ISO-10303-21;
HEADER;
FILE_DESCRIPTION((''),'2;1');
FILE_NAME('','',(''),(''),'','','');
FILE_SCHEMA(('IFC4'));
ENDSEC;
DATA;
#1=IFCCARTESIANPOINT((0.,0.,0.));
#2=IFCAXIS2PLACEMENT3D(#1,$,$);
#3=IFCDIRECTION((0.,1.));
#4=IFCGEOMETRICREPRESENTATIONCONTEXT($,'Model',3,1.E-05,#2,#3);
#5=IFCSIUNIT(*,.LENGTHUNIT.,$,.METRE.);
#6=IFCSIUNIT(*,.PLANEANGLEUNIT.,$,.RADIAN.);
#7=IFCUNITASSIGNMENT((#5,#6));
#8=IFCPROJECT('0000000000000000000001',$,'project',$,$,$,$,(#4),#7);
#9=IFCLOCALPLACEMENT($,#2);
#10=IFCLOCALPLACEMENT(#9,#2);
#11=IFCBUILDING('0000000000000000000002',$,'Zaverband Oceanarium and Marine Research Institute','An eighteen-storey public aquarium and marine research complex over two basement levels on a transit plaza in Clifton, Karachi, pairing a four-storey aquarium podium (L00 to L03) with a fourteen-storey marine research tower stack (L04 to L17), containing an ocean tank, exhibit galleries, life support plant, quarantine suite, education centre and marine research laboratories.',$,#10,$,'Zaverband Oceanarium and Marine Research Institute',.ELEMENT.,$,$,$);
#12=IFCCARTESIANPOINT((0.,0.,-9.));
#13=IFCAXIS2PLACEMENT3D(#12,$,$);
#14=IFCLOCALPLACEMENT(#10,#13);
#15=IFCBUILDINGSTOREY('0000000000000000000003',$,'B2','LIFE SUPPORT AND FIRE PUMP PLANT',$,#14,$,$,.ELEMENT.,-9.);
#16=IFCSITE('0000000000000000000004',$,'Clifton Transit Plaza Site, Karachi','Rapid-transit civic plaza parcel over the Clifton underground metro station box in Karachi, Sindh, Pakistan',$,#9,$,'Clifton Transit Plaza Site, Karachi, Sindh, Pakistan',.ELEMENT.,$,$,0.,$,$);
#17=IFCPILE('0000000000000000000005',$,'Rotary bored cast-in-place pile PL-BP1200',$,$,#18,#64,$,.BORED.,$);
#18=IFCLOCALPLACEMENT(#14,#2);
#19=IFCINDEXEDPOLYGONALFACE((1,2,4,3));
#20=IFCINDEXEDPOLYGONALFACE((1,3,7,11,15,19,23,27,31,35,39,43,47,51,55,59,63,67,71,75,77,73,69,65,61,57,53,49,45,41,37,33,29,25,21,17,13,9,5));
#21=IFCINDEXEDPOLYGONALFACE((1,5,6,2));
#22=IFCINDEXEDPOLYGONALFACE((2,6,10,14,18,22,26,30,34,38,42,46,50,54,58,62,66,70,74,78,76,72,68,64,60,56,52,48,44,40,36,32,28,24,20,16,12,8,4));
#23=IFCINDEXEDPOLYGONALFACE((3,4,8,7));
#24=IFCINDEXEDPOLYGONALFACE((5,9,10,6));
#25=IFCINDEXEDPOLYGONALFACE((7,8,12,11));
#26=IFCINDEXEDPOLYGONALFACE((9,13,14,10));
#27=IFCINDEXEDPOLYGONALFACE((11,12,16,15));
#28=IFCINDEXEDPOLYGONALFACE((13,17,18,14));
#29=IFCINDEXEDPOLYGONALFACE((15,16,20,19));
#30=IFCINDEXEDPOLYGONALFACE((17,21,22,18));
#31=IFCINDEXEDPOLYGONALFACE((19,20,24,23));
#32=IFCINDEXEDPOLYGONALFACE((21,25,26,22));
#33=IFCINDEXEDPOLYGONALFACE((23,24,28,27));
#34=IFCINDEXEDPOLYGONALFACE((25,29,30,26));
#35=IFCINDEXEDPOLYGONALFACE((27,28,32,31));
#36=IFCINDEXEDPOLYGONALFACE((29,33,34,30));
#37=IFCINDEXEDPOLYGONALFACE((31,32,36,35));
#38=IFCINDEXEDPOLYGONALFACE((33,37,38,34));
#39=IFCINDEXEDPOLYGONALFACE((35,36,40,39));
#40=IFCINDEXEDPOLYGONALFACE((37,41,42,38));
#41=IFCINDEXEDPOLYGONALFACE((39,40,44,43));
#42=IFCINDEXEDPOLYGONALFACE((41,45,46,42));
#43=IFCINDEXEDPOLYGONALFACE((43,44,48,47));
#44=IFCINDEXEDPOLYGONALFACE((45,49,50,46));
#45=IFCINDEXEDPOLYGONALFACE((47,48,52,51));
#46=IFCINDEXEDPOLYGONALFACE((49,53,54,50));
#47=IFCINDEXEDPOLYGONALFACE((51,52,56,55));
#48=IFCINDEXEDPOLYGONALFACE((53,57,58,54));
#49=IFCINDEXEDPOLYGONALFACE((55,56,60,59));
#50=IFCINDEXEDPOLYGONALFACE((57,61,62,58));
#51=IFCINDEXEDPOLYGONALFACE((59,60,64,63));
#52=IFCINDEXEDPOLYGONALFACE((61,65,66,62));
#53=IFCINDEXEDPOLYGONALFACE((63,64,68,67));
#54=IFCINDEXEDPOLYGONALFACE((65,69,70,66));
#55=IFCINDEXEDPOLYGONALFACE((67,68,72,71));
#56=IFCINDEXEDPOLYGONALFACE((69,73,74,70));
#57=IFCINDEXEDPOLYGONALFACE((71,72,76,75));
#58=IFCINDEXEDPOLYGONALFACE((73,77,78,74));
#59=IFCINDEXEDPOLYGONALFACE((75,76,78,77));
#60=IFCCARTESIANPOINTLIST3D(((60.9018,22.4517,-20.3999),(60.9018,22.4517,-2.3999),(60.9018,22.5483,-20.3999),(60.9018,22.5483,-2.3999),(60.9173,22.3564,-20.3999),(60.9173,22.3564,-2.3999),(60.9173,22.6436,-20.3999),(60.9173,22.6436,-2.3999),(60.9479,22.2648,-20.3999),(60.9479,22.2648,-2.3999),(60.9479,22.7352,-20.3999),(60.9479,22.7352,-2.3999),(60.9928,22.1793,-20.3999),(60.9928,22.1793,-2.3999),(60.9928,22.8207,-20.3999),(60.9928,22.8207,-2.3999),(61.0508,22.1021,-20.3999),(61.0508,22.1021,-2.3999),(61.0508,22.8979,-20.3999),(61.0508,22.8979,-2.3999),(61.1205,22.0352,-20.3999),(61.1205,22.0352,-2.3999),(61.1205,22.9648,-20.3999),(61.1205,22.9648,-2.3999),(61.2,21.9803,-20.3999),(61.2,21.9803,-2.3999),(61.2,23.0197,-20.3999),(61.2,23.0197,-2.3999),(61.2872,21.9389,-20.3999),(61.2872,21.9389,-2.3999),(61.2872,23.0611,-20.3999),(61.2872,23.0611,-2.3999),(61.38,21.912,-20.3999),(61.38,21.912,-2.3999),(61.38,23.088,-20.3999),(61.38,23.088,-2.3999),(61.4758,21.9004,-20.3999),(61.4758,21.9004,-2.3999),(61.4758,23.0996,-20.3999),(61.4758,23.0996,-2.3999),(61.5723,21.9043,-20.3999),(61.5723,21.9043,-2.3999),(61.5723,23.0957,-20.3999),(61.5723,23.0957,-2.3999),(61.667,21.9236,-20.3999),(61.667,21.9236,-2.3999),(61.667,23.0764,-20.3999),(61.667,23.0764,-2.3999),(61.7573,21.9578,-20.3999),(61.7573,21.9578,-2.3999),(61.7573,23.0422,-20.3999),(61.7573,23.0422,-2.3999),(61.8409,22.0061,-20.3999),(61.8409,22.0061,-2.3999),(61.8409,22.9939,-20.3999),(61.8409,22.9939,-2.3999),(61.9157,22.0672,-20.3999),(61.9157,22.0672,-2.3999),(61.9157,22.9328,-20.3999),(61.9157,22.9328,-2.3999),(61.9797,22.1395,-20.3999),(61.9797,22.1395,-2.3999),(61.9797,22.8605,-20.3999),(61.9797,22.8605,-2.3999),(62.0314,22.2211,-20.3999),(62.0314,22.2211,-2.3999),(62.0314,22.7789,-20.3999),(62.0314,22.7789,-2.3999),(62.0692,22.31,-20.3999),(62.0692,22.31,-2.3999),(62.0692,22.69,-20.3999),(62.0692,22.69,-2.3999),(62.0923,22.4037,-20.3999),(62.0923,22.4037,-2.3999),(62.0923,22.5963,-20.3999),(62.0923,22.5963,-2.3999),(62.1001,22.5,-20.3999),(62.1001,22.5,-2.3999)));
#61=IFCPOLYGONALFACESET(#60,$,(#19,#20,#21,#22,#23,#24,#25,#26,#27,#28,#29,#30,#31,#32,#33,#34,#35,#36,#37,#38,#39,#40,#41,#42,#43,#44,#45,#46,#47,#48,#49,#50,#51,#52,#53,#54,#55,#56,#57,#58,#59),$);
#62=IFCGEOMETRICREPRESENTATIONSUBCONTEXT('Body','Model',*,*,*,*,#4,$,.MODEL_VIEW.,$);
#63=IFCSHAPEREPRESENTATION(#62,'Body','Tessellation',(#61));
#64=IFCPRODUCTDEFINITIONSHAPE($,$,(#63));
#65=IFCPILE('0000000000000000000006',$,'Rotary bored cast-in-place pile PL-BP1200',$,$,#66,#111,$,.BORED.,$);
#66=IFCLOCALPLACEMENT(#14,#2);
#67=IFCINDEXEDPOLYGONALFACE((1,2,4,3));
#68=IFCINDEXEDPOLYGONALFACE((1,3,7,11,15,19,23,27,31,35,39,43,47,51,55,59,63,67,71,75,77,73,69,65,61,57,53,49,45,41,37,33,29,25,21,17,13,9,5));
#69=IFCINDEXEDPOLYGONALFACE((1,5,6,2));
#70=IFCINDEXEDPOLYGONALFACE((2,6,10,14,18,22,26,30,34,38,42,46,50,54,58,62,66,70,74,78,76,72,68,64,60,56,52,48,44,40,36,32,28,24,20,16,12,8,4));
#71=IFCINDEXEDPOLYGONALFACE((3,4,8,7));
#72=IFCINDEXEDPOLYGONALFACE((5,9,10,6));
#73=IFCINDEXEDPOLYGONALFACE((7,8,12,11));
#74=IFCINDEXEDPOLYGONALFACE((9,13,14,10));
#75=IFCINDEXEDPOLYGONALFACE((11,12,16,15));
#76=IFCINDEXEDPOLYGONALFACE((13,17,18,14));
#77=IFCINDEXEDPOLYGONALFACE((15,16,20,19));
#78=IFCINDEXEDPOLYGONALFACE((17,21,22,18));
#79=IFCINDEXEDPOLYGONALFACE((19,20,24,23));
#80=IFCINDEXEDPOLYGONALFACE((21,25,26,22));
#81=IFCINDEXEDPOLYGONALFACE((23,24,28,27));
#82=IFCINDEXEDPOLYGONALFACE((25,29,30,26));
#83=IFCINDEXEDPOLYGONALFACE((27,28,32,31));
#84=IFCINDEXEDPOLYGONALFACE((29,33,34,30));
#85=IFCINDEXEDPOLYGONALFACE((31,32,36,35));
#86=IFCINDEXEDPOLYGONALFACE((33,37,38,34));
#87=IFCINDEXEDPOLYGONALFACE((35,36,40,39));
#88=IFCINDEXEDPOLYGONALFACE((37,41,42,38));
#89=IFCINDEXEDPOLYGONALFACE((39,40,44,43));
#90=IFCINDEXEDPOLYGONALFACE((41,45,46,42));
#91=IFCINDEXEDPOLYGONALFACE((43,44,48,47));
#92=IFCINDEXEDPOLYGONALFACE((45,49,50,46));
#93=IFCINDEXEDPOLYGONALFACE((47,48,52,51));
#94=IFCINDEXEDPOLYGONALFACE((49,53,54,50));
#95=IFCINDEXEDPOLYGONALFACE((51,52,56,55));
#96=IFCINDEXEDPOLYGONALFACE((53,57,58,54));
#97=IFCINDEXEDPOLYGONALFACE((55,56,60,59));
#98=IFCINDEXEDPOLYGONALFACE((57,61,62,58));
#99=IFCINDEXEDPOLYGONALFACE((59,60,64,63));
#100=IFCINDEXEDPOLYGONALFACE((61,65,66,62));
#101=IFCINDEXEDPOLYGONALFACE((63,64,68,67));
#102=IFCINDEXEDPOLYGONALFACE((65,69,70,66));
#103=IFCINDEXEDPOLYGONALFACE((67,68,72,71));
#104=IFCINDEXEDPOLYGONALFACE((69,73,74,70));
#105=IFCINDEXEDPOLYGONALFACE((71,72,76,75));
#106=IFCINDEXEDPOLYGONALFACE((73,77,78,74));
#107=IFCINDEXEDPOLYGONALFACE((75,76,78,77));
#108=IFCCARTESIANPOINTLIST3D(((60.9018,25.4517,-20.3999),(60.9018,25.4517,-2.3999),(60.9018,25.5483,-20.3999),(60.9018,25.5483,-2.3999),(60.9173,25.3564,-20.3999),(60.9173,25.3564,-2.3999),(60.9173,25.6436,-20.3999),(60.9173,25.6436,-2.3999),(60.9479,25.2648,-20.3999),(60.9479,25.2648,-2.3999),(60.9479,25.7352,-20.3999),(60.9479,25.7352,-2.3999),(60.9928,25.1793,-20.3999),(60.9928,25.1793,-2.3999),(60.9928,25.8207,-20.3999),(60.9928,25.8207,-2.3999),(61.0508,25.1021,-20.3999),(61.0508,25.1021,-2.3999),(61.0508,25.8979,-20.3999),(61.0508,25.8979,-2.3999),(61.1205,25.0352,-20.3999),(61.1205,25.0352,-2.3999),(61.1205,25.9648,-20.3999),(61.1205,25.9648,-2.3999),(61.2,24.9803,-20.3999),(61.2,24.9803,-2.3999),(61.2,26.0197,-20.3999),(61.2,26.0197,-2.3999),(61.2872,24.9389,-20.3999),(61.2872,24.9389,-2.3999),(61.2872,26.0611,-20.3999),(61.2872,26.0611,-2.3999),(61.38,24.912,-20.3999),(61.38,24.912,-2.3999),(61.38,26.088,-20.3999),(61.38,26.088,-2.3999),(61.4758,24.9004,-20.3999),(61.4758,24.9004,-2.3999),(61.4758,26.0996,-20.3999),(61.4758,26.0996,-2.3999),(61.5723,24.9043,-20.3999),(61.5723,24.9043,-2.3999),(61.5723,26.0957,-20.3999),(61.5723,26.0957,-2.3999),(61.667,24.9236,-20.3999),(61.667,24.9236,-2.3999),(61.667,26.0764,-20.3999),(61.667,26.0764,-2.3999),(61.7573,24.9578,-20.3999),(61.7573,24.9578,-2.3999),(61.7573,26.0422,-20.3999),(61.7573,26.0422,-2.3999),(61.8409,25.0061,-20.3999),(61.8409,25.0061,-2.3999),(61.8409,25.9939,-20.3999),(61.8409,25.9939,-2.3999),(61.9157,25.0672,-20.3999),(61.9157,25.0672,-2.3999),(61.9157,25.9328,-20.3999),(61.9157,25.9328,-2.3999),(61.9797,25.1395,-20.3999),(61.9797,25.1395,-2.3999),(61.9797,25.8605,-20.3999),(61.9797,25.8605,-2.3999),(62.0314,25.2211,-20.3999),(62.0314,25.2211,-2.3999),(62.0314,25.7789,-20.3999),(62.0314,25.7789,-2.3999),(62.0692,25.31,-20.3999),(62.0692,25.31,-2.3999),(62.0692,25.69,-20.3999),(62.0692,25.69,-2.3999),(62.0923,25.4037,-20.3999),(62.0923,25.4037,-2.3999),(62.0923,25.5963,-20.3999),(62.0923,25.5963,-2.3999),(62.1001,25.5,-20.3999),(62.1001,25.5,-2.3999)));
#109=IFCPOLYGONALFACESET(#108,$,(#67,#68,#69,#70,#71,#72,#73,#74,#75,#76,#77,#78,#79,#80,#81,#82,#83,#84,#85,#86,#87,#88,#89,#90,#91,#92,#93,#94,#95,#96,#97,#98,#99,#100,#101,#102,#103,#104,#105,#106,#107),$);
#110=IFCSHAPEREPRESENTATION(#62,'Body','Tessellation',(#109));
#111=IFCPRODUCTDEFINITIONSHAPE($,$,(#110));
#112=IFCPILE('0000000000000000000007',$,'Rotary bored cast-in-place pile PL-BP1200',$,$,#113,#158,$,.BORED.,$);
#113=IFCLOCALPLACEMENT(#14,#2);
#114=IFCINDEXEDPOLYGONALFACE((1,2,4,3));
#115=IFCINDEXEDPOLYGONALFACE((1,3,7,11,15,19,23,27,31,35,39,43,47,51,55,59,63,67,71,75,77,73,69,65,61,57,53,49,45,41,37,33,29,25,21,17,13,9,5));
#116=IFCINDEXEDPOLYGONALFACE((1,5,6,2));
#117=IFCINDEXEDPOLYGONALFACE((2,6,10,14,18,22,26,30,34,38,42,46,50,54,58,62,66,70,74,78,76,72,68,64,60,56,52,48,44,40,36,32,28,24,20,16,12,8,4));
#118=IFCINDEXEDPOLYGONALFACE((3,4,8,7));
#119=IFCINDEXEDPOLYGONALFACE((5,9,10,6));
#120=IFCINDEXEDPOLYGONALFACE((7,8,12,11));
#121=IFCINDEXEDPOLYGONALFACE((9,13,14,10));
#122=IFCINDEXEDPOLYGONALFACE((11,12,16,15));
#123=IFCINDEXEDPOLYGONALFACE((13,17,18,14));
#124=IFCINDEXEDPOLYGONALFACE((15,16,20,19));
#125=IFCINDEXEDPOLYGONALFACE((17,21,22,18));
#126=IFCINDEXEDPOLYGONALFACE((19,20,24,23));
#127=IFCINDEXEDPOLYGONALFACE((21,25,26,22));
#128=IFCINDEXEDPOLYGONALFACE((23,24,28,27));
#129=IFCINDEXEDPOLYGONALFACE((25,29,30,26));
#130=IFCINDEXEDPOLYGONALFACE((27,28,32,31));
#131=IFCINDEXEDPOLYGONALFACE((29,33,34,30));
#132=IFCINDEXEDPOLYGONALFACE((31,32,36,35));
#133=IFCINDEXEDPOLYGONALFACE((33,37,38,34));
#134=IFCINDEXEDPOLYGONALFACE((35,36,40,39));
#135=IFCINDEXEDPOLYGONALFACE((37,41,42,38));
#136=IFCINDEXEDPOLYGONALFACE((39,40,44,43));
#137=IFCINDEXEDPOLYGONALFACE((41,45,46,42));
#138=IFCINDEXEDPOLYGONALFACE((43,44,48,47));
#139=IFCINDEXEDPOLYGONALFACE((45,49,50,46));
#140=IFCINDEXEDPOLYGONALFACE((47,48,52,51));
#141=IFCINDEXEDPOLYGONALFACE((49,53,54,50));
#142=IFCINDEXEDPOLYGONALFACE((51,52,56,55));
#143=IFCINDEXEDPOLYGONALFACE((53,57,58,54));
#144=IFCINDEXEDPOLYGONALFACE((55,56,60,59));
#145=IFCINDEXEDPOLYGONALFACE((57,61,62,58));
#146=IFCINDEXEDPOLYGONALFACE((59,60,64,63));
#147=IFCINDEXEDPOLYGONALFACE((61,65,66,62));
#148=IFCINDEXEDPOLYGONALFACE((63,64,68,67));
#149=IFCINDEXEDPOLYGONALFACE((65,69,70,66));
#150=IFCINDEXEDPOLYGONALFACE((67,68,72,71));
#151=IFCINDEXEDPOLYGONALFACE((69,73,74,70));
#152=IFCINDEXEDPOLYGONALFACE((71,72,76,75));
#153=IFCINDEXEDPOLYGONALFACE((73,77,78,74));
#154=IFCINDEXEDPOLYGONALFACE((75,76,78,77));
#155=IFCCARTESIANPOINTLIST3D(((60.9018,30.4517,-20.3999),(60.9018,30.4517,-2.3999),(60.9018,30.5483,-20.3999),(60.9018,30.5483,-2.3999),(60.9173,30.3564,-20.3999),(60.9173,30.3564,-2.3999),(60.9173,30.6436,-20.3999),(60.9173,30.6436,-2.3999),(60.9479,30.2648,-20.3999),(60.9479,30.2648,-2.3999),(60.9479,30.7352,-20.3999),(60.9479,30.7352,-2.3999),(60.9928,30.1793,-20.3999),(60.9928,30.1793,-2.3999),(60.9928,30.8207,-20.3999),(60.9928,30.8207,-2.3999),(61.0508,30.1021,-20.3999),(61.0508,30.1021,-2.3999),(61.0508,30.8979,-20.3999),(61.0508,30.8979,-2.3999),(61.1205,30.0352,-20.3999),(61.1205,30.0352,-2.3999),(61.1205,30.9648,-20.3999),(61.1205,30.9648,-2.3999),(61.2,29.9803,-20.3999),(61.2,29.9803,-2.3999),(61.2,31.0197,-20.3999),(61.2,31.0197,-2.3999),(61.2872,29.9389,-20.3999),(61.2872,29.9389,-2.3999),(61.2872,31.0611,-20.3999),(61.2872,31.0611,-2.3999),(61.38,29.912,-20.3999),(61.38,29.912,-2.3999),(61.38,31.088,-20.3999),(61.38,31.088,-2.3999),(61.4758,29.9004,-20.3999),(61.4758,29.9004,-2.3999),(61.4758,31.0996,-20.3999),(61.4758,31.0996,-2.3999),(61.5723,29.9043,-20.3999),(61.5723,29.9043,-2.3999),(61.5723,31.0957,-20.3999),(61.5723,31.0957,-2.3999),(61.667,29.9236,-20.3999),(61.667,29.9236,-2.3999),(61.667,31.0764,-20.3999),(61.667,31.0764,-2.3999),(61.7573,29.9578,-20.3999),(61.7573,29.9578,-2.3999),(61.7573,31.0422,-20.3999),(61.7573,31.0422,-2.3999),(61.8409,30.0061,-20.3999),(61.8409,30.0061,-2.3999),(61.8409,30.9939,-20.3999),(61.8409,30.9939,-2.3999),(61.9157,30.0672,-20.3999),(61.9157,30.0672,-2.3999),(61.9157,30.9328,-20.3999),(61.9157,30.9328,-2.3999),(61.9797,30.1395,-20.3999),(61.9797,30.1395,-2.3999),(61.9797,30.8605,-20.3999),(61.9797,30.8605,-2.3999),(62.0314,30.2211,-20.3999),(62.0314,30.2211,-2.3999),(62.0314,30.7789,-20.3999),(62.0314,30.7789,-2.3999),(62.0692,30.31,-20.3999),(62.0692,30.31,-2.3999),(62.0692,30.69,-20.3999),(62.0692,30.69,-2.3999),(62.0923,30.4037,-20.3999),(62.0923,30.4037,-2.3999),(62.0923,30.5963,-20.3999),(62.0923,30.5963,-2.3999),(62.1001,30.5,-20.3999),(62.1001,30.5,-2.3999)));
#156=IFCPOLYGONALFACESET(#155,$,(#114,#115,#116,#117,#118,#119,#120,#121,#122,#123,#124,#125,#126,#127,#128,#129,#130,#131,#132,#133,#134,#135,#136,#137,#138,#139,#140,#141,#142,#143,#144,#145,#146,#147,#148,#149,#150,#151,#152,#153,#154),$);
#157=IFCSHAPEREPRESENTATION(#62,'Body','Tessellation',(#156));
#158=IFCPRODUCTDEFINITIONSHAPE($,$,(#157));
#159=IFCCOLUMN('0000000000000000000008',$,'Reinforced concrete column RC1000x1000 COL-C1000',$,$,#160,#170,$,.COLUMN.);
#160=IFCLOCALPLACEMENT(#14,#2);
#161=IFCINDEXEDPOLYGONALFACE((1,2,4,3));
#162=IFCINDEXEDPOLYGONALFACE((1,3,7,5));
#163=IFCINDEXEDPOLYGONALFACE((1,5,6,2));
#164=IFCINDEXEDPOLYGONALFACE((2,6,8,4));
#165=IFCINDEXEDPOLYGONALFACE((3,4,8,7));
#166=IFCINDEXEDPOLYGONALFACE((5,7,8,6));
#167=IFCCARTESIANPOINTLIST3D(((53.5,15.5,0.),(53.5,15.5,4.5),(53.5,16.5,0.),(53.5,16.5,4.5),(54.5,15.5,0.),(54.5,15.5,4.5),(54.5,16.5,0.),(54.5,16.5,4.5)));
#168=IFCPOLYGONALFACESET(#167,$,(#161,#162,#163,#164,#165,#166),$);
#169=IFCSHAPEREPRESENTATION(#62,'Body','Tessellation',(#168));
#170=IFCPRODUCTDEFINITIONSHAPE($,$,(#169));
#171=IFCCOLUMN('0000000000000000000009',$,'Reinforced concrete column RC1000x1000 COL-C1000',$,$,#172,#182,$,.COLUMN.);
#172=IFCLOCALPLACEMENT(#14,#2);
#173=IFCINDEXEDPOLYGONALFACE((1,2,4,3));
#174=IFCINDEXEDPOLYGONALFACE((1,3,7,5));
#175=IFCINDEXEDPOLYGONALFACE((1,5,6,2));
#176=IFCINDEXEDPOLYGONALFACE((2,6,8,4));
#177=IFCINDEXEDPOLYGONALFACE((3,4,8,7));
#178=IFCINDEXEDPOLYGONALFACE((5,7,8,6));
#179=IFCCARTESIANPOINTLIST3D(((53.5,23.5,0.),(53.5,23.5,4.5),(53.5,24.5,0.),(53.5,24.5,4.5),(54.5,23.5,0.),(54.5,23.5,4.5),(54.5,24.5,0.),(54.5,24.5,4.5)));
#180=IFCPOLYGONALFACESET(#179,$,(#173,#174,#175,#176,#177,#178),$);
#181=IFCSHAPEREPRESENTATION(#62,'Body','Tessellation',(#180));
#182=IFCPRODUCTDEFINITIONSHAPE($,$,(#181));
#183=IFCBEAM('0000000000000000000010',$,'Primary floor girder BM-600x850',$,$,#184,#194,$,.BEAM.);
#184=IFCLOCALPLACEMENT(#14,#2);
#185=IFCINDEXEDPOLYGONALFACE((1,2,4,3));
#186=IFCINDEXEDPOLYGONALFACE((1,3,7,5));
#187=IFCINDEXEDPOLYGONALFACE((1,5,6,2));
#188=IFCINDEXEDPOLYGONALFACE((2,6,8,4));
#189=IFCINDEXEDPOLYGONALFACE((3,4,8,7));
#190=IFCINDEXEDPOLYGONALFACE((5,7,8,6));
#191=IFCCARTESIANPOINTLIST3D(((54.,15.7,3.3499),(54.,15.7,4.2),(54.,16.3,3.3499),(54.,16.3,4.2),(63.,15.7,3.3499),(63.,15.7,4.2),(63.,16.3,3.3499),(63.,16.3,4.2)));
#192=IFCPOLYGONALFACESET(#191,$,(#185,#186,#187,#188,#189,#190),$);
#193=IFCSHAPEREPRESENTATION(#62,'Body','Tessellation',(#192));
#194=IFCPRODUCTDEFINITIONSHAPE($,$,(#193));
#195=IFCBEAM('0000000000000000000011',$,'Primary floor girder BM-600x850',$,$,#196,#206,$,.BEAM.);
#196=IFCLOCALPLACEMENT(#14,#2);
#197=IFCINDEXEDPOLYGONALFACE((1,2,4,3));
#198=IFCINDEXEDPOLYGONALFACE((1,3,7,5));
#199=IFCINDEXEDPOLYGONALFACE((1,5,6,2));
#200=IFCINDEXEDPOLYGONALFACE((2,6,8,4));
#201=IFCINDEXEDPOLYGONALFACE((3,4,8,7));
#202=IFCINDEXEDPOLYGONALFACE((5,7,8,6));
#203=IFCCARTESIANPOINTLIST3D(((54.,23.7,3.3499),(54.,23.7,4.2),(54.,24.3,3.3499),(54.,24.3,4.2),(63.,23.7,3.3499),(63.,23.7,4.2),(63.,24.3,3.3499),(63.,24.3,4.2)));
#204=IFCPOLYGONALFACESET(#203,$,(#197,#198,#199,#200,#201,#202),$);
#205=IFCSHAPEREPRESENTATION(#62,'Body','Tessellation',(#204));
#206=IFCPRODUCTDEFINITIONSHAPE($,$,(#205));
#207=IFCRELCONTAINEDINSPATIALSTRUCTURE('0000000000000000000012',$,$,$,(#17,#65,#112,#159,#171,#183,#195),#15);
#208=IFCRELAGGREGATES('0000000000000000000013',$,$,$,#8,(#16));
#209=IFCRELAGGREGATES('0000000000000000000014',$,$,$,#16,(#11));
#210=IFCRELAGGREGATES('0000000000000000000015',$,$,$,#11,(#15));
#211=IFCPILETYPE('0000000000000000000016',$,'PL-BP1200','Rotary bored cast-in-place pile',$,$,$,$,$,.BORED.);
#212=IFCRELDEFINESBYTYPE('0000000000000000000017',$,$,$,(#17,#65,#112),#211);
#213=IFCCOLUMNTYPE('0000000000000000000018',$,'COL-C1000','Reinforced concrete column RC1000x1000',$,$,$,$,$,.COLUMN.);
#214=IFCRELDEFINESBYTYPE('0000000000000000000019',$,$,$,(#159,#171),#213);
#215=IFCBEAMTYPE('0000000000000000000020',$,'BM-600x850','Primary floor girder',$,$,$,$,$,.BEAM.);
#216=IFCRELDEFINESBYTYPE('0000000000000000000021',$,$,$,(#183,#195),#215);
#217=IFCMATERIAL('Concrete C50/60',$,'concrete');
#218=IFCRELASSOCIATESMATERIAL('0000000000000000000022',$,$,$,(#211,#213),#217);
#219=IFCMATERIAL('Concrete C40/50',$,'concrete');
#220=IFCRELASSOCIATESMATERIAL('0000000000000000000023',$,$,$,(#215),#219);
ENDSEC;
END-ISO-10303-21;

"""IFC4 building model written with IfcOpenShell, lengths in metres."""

from ifc_helpers import new_model, si_unit, direction, frame, origin, origin_2d, place, context, subcontext, project, spatial, rectangle, circle, extrude, material, material_profile, profile_set, type_object, element, save


model = new_model("IFC4")

# Units and contexts
model_context = context("Model", 3, precision=1e-05, world=origin(), true_north=direction((0.0, 1.0)))
body_context = subcontext(model_context, "Body", "Model", "MODEL_VIEW")
ifc_project = project(units=[si_unit("LENGTHUNIT", "METRE"), si_unit("PLANEANGLEUNIT", "RADIAN")], contexts=[model_context])

# Site, building, storey
site_placement = place(None, origin())
site = spatial("IfcSite", under=ifc_project, at=site_placement, Name="Clifton Transit Plaza Site, Karachi", Description="Rapid-transit civic plaza parcel over the Clifton underground metro station box in Karachi, Sindh, Pakistan", LongName="Clifton Transit Plaza Site, Karachi, Sindh, Pakistan", CompositionType="ELEMENT", RefElevation=0.0)
building_placement = place(site_placement, origin())
building = spatial("IfcBuilding", under=site, at=building_placement, Name="Zaverband Oceanarium and Marine Research Institute", Description="An eighteen-storey public aquarium and marine research complex over two basement levels on a transit plaza in Clifton, Karachi, pairing a four-storey aquarium podium (L00 to L03) with a fourteen-storey marine research tower stack (L04 to L17), containing an ocean tank, exhibit galleries, life support plant, quarantine suite, education centre and marine research laboratories.", LongName="Zaverband Oceanarium and Marine Research Institute", CompositionType="ELEMENT")
storey_placement = place(building_placement, frame((0.0, 0.0, -9.0)))
storey = spatial("IfcBuildingStorey", under=building, at=storey_placement, Name="B2", Description="LIFE SUPPORT AND FIRE PUMP PLANT", CompositionType="ELEMENT", Elevation=-9.0)

# Shared definitions
ifc_material_1 = material(Name="Concrete C50/60", Category="concrete")

# Piles
ifc_material_profile_1 = material_profile(ifc_material_1, circle(Radius=0.6001, at=origin_2d()), Name="BP1200")
ifc_profile_set_1 = profile_set([ifc_material_profile_1], Name="Concrete C50/60")
pile_type = type_object("IfcPileType", Name="PL-BP1200", Description="Rotary bored cast-in-place pile", PredefinedType="BORED", material=ifc_profile_set_1)
for number, where, z_axis, x_axis, name in (
    (1, (61.5, 22.5, -2.3999), (0.0, 0.0, -1.0), (1.0, 0.0, 0.0), "Rotary bored cast-in-place pile PL-BP1200"),
    (2, (61.5, 25.5, -2.3999), (0.0, 0.0, -1.0), (1.0, 0.0, 0.0), "Rotary bored cast-in-place pile PL-BP1200"),
    (3, (61.5, 30.5, -2.3999), (0.0, 0.0, -1.0), (1.0, 0.0, 0.0), "Rotary bored cast-in-place pile PL-BP1200"),
):
    element("IfcPile", number, at=place(storey_placement, frame(where, z_axis=z_axis, x_axis=x_axis)), inside=storey, type_object=pile_type, Name=name, PredefinedType="BORED", context=body_context, shape_type="SweptSolid", body=[
        extrude(circle(Radius=0.6001, at=origin_2d()), origin(), (0.0, 0.0, 1.0), 18.0),
    ])

# Columns
ifc_material_profile_2 = material_profile(ifc_material_1, rectangle(XDim=1.0, YDim=1.0, at=origin_2d()), Name="RC1000x1000")
ifc_profile_set_2 = profile_set([ifc_material_profile_2], Name="Concrete C50/60")
column_type = type_object("IfcColumnType", Name="COL-C1000", Description="Reinforced concrete column RC1000x1000", PredefinedType="COLUMN", material=ifc_profile_set_2)
for number, where, z_axis, x_axis, name in (
    (4, (54.0, 16.0, 0.0), (0.0, 0.0, 1.0), (1.0, 0.0, 0.0), "Reinforced concrete column RC1000x1000 COL-C1000"),
    (5, (54.0, 24.0, 0.0), (0.0, 0.0, 1.0), (1.0, 0.0, 0.0), "Reinforced concrete column RC1000x1000 COL-C1000"),
):
    element("IfcColumn", number, at=place(storey_placement, frame(where, z_axis=z_axis, x_axis=x_axis)), inside=storey, type_object=column_type, Name=name, PredefinedType="COLUMN", context=body_context, shape_type="SweptSolid", body=[
        extrude(rectangle(XDim=1.0, YDim=1.0, at=origin_2d()), origin(), (0.0, 0.0, 1.0), 4.5),
    ])

# Beams
ifc_material_2 = material(Name="Concrete C40/50", Category="concrete")
ifc_material_profile_3 = material_profile(ifc_material_2, rectangle(XDim=0.6001, YDim=0.8501, at=origin_2d()), Name="RC600x850")
ifc_profile_set_3 = profile_set([ifc_material_profile_3], Name="Concrete C40/50")
beam_type_1 = type_object("IfcBeamType", Name="BM-600x850", Description="Primary floor girder", PredefinedType="BEAM", material=ifc_profile_set_3)
for number, where, z_axis, x_axis, name in (
    (6, (54.0, 16.0, 3.7749), (1.0, 0.0, 0.0), (0.0, 1.0, 0.0), "Primary floor girder BM-600x850"),
    (7, (54.0, 24.0, 3.7749), (1.0, 0.0, 0.0), (0.0, 1.0, 0.0), "Primary floor girder BM-600x850"),
):
    element("IfcBeam", number, at=place(storey_placement, frame(where, z_axis=z_axis, x_axis=x_axis)), inside=storey, type_object=beam_type_1, Name=name, PredefinedType="BEAM", context=body_context, shape_type="SweptSolid", body=[
        extrude(rectangle(XDim=0.6001, YDim=0.8501, at=origin_2d()), origin(), (0.0, 0.0, 1.0), 9.0),
    ])

save(model, "model.ifc")
